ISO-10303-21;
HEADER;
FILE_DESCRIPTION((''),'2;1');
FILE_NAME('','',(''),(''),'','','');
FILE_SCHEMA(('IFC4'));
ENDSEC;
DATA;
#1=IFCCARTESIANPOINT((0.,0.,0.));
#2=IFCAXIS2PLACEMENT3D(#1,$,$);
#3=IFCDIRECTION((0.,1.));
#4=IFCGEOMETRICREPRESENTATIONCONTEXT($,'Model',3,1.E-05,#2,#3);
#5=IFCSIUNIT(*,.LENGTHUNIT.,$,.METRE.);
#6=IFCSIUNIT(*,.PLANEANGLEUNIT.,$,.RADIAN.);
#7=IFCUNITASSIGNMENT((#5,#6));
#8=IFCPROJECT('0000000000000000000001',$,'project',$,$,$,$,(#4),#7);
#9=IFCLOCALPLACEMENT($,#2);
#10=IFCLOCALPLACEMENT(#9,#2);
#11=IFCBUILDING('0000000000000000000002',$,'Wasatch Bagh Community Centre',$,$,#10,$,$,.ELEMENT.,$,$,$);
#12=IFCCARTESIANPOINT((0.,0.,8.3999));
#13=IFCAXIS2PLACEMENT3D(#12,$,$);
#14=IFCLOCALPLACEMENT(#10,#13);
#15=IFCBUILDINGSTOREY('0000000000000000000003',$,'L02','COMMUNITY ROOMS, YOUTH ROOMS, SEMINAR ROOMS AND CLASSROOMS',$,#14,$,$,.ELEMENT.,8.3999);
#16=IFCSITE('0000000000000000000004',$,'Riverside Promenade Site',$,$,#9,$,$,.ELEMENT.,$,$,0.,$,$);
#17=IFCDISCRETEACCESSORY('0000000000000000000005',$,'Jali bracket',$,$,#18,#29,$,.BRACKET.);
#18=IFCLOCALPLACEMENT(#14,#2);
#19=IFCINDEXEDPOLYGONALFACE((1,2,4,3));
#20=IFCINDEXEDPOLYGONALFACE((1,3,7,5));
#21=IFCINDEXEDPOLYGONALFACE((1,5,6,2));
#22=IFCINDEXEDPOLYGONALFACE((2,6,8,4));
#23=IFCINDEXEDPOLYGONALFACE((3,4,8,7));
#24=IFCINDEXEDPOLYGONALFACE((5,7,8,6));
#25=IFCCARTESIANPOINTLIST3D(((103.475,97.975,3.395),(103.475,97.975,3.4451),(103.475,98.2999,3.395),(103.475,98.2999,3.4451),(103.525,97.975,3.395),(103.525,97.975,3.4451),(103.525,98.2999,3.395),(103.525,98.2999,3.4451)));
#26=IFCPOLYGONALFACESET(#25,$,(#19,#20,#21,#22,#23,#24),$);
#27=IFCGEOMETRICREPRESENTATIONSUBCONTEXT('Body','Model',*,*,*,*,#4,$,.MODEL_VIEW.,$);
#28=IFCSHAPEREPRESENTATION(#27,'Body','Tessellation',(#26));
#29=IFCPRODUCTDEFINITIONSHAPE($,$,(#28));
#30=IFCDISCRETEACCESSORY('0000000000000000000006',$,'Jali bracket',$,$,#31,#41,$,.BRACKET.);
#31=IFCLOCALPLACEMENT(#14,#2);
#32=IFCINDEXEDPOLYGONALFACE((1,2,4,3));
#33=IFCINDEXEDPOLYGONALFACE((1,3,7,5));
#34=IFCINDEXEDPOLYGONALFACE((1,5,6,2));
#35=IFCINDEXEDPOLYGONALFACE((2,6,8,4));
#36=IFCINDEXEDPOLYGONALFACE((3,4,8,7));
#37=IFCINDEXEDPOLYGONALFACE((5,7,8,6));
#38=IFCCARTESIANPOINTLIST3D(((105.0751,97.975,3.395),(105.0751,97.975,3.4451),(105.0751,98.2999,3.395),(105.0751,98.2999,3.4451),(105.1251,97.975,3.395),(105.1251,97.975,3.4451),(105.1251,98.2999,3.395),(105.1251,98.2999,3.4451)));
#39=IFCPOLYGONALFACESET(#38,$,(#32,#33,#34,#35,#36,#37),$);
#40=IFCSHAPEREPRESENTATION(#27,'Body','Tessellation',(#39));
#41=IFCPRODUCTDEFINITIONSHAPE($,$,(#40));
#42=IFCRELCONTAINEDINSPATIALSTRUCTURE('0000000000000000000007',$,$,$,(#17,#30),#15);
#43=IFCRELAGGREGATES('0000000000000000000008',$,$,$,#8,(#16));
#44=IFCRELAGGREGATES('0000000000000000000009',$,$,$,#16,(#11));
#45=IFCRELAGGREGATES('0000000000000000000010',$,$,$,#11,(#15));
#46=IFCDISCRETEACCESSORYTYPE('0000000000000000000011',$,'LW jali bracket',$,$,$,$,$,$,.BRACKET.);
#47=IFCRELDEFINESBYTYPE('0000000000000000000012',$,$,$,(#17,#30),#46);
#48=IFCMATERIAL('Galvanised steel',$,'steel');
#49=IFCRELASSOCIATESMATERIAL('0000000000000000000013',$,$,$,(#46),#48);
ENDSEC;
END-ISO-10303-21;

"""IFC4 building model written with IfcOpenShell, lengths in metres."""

from ifc_helpers import new_model, si_unit, direction, frame, origin, origin_2d, place, context, subcontext, project, spatial, rectangle, extrude, material, type_object, element, save


model = new_model("IFC4")

# Units and contexts
model_context = context("Model", 3, precision=1e-05, world=origin(), true_north=direction((0.0, 1.0)))
body_context = subcontext(model_context, "Body", "Model", "MODEL_VIEW")
ifc_project = project(units=[si_unit("LENGTHUNIT", "METRE"), si_unit("PLANEANGLEUNIT", "RADIAN")], contexts=[model_context])

# Site, building, storey
site_placement = place(None, origin())
site = spatial("IfcSite", under=ifc_project, at=site_placement, Name="Riverside Promenade Site", CompositionType="ELEMENT", RefElevation=0.0)
building_placement = place(site_placement, origin())
building = spatial("IfcBuilding", under=site, at=building_placement, Name="Wasatch Bagh Community Centre", CompositionType="ELEMENT")
storey_placement = place(building_placement, frame((0.0, 0.0, 8.3999)))
storey = spatial("IfcBuildingStorey", under=building, at=storey_placement, Name="L02", Description="COMMUNITY ROOMS, YOUTH ROOMS, SEMINAR ROOMS AND CLASSROOMS", CompositionType="ELEMENT", Elevation=8.3999)

# Discrete accessories
ifc_material_1 = material(Name="Galvanised steel", Category="steel")
discrete_accessory_type = type_object("IfcDiscreteAccessoryType", Name="LW jali bracket", PredefinedType="BRACKET", material=ifc_material_1)
for number, where, z_axis, x_axis, name in (
    (1, (103.5, 98.1375, 3.395), (0.0, 0.0, 1.0), (1.0, 0.0, 0.0), "Jali bracket"),
    (2, (105.1001, 98.1375, 3.395), (0.0, 0.0, 1.0), (1.0, 0.0, 0.0), "Jali bracket"),
):
    element("IfcDiscreteAccessory", number, at=place(storey_placement, frame(where, z_axis=z_axis, x_axis=x_axis)), inside=storey, type_object=discrete_accessory_type, Name=name, PredefinedType="BRACKET", context=body_context, shape_type="SweptSolid", body=[
        extrude(rectangle(XDim=0.05, YDim=0.325, at=origin_2d()), origin(), (0.0, 0.0, 1.0), 0.05),
    ])

save(model, "model.ifc")
